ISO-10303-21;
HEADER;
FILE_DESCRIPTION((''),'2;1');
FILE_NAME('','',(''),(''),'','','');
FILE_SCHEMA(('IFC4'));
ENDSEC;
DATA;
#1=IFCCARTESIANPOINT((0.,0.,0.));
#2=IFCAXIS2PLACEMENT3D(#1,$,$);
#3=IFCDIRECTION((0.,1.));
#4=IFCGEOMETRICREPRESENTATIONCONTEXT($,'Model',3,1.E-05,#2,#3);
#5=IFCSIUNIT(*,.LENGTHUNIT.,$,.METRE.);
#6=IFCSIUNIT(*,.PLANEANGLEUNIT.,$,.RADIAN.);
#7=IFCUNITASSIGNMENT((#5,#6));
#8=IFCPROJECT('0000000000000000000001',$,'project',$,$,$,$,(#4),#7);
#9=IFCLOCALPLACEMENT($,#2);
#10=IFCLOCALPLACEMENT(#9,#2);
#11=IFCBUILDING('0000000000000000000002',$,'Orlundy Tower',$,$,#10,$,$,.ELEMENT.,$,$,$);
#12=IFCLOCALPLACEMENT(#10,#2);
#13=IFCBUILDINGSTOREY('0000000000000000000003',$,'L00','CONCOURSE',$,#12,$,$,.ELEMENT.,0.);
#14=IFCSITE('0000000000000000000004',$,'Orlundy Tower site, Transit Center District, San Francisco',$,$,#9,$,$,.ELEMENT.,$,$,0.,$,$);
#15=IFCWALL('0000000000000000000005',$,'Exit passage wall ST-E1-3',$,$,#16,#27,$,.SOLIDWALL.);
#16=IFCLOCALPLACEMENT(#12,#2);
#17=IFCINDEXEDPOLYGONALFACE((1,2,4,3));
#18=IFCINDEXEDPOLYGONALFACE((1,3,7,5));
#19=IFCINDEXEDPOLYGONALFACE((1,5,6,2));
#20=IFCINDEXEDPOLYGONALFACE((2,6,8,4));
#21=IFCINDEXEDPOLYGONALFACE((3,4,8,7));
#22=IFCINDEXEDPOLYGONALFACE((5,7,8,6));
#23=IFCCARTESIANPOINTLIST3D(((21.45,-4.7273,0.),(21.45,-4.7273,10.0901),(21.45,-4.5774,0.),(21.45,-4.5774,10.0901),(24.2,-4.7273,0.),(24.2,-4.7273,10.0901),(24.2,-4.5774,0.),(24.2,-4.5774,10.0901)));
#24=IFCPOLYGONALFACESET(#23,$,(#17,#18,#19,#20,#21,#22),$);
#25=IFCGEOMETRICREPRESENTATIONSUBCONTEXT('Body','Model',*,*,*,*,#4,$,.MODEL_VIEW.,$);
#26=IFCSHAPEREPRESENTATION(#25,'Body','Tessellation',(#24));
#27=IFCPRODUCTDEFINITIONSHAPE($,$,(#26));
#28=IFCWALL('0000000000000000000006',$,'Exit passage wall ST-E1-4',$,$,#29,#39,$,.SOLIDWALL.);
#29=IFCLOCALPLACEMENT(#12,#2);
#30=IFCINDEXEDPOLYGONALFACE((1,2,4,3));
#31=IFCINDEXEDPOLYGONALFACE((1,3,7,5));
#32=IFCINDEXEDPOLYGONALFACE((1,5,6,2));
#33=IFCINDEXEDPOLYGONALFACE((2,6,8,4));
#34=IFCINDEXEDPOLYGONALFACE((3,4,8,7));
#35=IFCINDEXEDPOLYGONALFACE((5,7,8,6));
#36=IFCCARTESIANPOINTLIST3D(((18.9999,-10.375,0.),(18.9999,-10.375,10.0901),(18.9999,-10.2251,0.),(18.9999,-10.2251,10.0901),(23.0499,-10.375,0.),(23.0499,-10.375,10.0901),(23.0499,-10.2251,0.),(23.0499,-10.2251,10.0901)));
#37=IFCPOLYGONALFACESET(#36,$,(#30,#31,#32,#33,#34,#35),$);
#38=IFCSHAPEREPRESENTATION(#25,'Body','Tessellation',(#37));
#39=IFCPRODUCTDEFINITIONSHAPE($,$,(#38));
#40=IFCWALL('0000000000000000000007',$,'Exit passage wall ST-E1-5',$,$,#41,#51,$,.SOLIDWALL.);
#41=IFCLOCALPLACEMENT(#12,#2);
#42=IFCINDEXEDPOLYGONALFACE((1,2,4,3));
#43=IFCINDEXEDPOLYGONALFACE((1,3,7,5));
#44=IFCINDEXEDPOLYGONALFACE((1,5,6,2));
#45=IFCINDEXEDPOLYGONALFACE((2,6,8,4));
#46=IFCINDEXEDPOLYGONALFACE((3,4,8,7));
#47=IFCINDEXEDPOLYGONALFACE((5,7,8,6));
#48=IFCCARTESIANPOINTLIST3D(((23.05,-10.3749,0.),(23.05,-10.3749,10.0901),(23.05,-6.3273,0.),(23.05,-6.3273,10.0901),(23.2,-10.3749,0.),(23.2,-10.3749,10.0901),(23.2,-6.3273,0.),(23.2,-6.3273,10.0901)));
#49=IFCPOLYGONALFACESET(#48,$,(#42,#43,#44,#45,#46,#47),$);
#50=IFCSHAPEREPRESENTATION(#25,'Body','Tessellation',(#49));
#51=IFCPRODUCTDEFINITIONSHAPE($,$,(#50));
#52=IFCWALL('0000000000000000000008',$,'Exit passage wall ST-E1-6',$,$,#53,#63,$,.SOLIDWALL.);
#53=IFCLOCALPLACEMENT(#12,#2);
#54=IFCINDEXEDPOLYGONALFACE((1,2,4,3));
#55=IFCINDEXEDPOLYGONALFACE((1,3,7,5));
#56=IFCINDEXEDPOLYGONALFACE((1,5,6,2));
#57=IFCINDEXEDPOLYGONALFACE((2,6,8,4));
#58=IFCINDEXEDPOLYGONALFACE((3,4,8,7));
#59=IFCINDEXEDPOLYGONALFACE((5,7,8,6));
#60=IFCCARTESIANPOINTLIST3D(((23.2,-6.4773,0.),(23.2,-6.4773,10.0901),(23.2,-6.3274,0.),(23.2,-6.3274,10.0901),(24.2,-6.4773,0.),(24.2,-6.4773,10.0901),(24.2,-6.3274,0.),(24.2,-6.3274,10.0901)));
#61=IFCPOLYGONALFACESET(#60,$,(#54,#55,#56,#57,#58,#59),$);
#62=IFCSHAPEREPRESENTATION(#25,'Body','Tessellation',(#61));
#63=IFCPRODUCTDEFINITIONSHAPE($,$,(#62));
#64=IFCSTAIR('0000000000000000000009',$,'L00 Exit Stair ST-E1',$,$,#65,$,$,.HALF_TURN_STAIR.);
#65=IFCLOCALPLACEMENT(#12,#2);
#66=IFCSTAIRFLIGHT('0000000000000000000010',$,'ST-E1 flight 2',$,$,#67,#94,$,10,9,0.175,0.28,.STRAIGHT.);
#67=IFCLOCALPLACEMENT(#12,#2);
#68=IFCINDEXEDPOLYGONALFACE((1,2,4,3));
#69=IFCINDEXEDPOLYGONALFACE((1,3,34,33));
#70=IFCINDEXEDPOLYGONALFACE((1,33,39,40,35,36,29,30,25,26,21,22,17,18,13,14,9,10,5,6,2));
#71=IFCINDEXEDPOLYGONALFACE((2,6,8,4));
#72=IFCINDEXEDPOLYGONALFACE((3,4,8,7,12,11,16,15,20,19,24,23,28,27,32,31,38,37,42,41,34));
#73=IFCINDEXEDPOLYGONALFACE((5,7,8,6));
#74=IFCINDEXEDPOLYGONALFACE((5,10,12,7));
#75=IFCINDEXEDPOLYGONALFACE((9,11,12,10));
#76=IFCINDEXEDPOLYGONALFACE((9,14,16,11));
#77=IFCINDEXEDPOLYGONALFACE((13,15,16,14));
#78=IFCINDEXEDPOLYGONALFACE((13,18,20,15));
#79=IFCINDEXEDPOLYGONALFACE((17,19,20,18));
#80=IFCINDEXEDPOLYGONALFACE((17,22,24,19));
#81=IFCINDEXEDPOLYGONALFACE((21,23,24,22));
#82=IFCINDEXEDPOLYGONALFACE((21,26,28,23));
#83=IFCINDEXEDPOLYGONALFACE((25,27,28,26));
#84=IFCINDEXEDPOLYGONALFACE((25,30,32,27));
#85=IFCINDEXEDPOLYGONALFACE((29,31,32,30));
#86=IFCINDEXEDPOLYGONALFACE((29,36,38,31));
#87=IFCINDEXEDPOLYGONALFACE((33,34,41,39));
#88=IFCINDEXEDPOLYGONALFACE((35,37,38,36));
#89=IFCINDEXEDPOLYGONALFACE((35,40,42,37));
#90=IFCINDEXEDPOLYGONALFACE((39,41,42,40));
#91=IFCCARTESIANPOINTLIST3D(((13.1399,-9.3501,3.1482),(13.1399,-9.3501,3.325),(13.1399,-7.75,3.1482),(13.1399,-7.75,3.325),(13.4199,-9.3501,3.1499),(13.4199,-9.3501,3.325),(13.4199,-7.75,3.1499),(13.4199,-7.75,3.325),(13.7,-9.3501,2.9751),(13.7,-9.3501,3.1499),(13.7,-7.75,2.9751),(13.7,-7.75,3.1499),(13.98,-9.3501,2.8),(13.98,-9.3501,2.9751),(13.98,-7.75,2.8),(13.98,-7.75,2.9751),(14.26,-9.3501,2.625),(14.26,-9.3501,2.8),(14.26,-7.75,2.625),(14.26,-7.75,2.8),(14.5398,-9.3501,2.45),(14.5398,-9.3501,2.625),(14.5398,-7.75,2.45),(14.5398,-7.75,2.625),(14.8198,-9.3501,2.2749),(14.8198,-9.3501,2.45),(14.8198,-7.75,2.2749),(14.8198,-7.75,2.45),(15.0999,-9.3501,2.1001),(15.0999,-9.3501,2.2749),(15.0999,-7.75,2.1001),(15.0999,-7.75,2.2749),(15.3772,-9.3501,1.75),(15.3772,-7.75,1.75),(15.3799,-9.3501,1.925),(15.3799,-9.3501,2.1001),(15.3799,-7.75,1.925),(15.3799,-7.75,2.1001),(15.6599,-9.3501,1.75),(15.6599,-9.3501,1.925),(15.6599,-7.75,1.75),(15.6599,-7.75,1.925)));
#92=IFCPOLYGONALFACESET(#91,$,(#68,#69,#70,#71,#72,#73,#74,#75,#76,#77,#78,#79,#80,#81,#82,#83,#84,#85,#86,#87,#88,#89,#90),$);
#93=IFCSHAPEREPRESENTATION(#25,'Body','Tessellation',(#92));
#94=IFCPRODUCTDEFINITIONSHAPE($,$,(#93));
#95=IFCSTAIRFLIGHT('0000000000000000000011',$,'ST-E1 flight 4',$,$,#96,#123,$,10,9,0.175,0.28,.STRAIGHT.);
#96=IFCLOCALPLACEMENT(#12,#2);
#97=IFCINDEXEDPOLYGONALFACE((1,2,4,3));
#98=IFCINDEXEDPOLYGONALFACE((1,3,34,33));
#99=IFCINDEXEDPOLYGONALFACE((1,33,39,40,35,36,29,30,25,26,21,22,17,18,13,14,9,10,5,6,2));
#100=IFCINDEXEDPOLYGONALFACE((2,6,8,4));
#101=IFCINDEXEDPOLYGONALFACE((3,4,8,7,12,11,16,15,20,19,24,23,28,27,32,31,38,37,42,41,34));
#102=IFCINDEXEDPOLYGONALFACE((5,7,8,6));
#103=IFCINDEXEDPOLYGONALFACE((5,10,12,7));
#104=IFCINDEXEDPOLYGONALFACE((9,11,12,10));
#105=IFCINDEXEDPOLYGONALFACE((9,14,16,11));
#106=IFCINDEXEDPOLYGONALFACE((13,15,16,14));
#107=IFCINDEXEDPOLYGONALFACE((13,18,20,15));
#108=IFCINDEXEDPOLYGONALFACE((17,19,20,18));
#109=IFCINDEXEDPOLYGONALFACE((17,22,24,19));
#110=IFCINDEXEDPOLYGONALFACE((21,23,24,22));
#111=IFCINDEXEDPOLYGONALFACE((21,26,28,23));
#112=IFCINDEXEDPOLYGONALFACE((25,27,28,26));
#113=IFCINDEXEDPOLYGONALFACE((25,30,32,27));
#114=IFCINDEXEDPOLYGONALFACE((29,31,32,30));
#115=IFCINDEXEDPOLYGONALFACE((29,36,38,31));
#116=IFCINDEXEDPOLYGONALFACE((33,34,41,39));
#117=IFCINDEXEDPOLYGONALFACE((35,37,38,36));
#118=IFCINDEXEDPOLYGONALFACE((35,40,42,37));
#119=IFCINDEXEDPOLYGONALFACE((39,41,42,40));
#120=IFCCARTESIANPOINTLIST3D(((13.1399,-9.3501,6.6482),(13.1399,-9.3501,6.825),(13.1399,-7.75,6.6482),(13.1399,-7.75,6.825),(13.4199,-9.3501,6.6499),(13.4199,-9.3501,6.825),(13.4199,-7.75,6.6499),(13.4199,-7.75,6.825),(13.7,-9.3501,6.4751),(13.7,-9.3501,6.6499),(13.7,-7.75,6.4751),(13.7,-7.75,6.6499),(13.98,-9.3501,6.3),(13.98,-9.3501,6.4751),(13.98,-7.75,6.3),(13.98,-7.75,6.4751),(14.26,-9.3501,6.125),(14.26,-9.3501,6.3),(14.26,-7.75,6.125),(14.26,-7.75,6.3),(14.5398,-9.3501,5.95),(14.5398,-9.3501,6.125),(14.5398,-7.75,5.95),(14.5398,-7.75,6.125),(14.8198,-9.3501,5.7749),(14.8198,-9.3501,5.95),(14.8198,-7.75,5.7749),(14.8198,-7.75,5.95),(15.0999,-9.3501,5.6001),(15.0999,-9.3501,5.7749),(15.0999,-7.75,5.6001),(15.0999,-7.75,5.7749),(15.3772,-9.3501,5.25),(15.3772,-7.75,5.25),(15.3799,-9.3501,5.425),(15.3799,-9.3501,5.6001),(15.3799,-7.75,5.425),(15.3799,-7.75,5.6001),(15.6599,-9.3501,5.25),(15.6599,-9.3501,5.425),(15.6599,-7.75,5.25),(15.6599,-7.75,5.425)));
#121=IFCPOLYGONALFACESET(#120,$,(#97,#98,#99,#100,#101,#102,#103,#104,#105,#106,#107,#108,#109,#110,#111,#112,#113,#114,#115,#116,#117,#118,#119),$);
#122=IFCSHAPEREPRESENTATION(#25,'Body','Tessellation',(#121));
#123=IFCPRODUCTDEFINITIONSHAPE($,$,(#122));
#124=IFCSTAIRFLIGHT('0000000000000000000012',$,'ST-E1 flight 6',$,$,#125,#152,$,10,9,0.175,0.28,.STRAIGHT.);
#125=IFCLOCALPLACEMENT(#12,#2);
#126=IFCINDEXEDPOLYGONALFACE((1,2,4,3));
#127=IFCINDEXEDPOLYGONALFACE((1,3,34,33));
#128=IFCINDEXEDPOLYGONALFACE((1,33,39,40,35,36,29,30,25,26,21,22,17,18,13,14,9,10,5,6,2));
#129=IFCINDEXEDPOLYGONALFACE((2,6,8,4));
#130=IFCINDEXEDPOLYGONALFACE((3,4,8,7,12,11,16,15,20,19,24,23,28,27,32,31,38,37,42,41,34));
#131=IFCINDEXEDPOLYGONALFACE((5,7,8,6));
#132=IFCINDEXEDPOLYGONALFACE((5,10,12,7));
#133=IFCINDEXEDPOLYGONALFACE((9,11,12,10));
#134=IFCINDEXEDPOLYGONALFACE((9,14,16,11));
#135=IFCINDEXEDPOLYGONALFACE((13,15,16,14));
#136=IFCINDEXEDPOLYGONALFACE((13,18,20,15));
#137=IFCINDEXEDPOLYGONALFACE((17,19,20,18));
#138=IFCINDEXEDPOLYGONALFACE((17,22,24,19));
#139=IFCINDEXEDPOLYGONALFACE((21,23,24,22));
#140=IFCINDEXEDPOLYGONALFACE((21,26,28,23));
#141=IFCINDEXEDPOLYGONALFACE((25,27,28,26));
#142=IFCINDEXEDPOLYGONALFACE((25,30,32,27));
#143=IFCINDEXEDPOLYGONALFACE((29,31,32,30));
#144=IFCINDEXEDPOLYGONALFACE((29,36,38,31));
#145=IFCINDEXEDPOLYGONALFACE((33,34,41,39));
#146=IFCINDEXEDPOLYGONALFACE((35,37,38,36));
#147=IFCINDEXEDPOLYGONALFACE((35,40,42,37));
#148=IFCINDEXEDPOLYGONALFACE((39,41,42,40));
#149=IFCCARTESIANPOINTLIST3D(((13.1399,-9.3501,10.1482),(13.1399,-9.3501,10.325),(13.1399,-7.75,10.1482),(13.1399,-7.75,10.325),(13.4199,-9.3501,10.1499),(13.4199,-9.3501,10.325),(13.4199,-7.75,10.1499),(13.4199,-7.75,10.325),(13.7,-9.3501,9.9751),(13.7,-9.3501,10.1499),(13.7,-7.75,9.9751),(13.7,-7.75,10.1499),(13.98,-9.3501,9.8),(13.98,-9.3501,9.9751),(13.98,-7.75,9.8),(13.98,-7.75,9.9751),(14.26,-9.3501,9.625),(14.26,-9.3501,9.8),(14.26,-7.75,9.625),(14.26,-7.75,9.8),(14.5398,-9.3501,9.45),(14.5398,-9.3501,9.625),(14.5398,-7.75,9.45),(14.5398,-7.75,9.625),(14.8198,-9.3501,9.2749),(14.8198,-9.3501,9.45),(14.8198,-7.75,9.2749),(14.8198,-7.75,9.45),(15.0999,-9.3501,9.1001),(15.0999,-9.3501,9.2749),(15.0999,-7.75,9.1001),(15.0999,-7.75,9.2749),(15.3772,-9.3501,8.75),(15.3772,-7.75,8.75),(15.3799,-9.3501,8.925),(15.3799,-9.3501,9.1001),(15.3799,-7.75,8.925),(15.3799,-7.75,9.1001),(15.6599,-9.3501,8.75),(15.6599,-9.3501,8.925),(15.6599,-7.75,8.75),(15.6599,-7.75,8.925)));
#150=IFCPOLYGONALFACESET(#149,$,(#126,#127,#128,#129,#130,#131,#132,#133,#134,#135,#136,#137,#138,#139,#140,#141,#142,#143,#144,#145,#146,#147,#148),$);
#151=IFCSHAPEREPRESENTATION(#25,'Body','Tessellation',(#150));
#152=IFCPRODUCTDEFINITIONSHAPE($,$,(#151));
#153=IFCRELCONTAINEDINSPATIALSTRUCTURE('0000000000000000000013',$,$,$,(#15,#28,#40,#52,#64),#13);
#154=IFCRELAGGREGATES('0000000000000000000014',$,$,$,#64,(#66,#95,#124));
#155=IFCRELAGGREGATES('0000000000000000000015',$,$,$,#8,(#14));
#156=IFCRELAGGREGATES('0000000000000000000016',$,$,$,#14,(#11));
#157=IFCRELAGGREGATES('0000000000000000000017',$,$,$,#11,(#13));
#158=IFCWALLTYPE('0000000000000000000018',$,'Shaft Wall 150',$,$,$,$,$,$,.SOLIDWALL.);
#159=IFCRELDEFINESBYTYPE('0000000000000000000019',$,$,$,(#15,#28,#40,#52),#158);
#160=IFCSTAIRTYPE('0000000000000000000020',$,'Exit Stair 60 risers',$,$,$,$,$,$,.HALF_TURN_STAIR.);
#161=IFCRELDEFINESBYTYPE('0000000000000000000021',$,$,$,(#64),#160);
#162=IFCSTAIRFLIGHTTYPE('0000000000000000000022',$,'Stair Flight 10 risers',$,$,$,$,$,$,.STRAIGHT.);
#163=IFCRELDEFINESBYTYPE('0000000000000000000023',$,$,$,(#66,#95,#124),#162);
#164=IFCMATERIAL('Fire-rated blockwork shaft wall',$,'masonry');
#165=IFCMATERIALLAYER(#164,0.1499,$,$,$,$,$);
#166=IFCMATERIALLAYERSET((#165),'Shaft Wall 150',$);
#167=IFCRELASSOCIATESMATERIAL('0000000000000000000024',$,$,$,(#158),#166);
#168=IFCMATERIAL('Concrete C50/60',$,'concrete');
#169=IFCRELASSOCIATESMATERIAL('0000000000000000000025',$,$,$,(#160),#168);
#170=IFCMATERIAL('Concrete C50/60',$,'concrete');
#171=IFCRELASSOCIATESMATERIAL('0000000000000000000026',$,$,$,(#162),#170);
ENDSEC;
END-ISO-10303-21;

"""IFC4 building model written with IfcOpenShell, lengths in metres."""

from ifc_helpers import new_model, si_unit, direction, frame, frame_2d, origin, place, context, subcontext, project, spatial, polyline, rectangle, outline, extrude, material, layer, layer_set, type_object, element, aggregate, save


model = new_model("IFC4")

# Units and contexts
model_context = context("Model", 3, precision=1e-05, world=origin(), true_north=direction((0.0, 1.0)))
body_context = subcontext(model_context, "Body", "Model", "MODEL_VIEW")
ifc_project = project(units=[si_unit("LENGTHUNIT", "METRE"), si_unit("PLANEANGLEUNIT", "RADIAN")], contexts=[model_context])

# Site, building, storey
site_placement = place(None, origin())
site = spatial("IfcSite", under=ifc_project, at=site_placement, Name="Orlundy Tower site, Transit Center District, San Francisco", CompositionType="ELEMENT", RefElevation=0.0)
building_placement = place(site_placement, origin())
building = spatial("IfcBuilding", under=site, at=building_placement, Name="Orlundy Tower", CompositionType="ELEMENT")
storey_placement = place(building_placement, origin())
storey = spatial("IfcBuildingStorey", under=building, at=storey_placement, Name="L00", Description="CONCOURSE", CompositionType="ELEMENT", Elevation=0.0)

# Walls
ifc_material_1 = material(Name="Fire-rated blockwork shaft wall", Category="masonry")
ifc_layer_1 = layer(ifc_material_1, 0.1499)
ifc_layer_set_1 = layer_set([ifc_layer_1], Name="Shaft Wall 150")
wall_type_1 = type_object("IfcWallType", Name="Shaft Wall 150", PredefinedType="SOLIDWALL", material=ifc_layer_set_1)
wall_1_placement = place(storey_placement, frame((21.45, -4.6523, 0.0), z_axis=(0.0, 0.0, 1.0), x_axis=(1.0, 0.0, 0.0)))
element("IfcWall", 1, at=wall_1_placement, inside=storey, type_object=wall_type_1, Name="Exit passage wall ST-E1-3", PredefinedType="SOLIDWALL", context=body_context, shape_type="SweptSolid", body=[
    extrude(rectangle(XDim=2.75, YDim=0.1499, at=frame_2d((1.375, 0.0))), origin(), (0.0, 0.0, 1.0), 10.0901),
])
wall_2_placement = place(storey_placement, frame((19.0, -10.3, 0.0), z_axis=(0.0, 0.0, 1.0), x_axis=(1.0, 0.0, 0.0)))
element("IfcWall", 2, at=wall_2_placement, inside=storey, type_object=wall_type_1, Name="Exit passage wall ST-E1-4", PredefinedType="SOLIDWALL", context=body_context, shape_type="SweptSolid", body=[
    extrude(rectangle(XDim=4.05, YDim=0.1499, at=frame_2d((2.0249, 0.0))), origin(), (0.0, 0.0, 1.0), 10.0901),
])
wall_3_placement = place(storey_placement, frame((23.125, -10.375, 0.0), z_axis=(0.0, 0.0, 1.0), x_axis=(0.0, 1.0, 0.0)))
element("IfcWall", 3, at=wall_3_placement, inside=storey, type_object=wall_type_1, Name="Exit passage wall ST-E1-5", PredefinedType="SOLIDWALL", context=body_context, shape_type="SweptSolid", body=[
    extrude(rectangle(XDim=4.0476, YDim=0.1499, at=frame_2d((2.0239, 0.0))), origin(), (0.0, 0.0, 1.0), 10.0901),
])
wall_4_placement = place(storey_placement, frame((23.2, -6.4023, 0.0), z_axis=(0.0, 0.0, 1.0), x_axis=(1.0, 0.0, 0.0)))
element("IfcWall", 4, at=wall_4_placement, inside=storey, type_object=wall_type_1, Name="Exit passage wall ST-E1-6", PredefinedType="SOLIDWALL", context=body_context, shape_type="SweptSolid", body=[
    extrude(rectangle(XDim=1.0, YDim=0.1499, at=frame_2d((0.5, 0.0))), origin(), (0.0, 0.0, 1.0), 10.0901),
])

# Stair, stair flights
ifc_material_2 = material(Name="Concrete C50/60", Category="concrete")
stair_type = type_object("IfcStairType", Name="Exit Stair 60 risers", PredefinedType="HALF_TURN_STAIR", material=ifc_material_2)
stair_placement = place(storey_placement, origin())
stair = element("IfcStair", 5, at=stair_placement, inside=storey, type_object=stair_type, Name="L00 Exit Stair ST-E1", PredefinedType="HALF_TURN_STAIR")
ifc_material_3 = material(Name="Concrete C50/60", Category="concrete")
stair_flight_type = type_object("IfcStairFlightType", Name="Stair Flight 10 risers", PredefinedType="STRAIGHT", material=ifc_material_3)
stair_flight_1_placement = place(storey_placement, frame((15.6599, -8.55, 1.75), z_axis=(0.0, 0.0, 1.0), x_axis=(-1.0, 0.0, 0.0)))
stair_flight_1 = element("IfcStairFlight", 6, at=stair_flight_1_placement, type_object=stair_flight_type, Name="ST-E1 flight 2", NumberOfRisers=10, NumberOfTreads=9, PredefinedType="STRAIGHT", RiserHeight=0.175, TreadLength=0.28, context=body_context, shape_type="SweptSolid", body=[
    extrude(outline(polyline([(0.0, 0.0), (0.0, 0.175), (0.28, 0.175), (0.28, 0.3501), (0.5601, 0.3501), (0.5601, 0.5249), (0.8401, 0.5249), (0.8401, 0.7), (1.1201, 0.7), (1.1201, 0.875), (1.3999, 0.875), (1.3999, 1.05), (1.6799, 1.05), (1.6799, 1.2251), (1.96, 1.2251), (1.96, 1.3999), (2.24, 1.3999), (2.24, 1.575), (2.52, 1.575), (2.52, 1.75), (2.52, 1.3982), (0.2827, 0.0), (0.0, 0.0)])), frame((0.0, 0.8, 0.0), z_axis=(0.0, -1.0, 0.0), x_axis=(1.0, 0.0, 0.0)), (0.0, 0.0, 1.0), 1.6001),
])
stair_flight_2_placement = place(storey_placement, frame((15.6599, -8.55, 5.25), z_axis=(0.0, 0.0, 1.0), x_axis=(-1.0, 0.0, 0.0)))
stair_flight_2 = element("IfcStairFlight", 7, at=stair_flight_2_placement, type_object=stair_flight_type, Name="ST-E1 flight 4", NumberOfRisers=10, NumberOfTreads=9, PredefinedType="STRAIGHT", RiserHeight=0.175, TreadLength=0.28, context=body_context, shape_type="SweptSolid", body=[
    extrude(outline(polyline([(0.0, 0.0), (0.0, 0.175), (0.28, 0.175), (0.28, 0.3501), (0.5601, 0.3501), (0.5601, 0.5249), (0.8401, 0.5249), (0.8401, 0.7), (1.1201, 0.7), (1.1201, 0.875), (1.3999, 0.875), (1.3999, 1.05), (1.6799, 1.05), (1.6799, 1.2251), (1.96, 1.2251), (1.96, 1.3999), (2.24, 1.3999), (2.24, 1.575), (2.52, 1.575), (2.52, 1.75), (2.52, 1.3982), (0.2827, 0.0), (0.0, 0.0)])), frame((0.0, 0.8, 0.0), z_axis=(0.0, -1.0, 0.0), x_axis=(1.0, 0.0, 0.0)), (0.0, 0.0, 1.0), 1.6001),
])
stair_flight_3_placement = place(storey_placement, frame((15.6599, -8.55, 8.75), z_axis=(0.0, 0.0, 1.0), x_axis=(-1.0, 0.0, 0.0)))
stair_flight_3 = element("IfcStairFlight", 8, at=stair_flight_3_placement, type_object=stair_flight_type, Name="ST-E1 flight 6", NumberOfRisers=10, NumberOfTreads=9, PredefinedType="STRAIGHT", RiserHeight=0.175, TreadLength=0.28, context=body_context, shape_type="SweptSolid", body=[
    extrude(outline(polyline([(0.0, 0.0), (0.0, 0.175), (0.28, 0.175), (0.28, 0.3501), (0.5601, 0.3501), (0.5601, 0.5249), (0.8401, 0.5249), (0.8401, 0.7), (1.1201, 0.7), (1.1201, 0.875), (1.3999, 0.875), (1.3999, 1.05), (1.6799, 1.05), (1.6799, 1.2251), (1.96, 1.2251), (1.96, 1.3999), (2.24, 1.3999), (2.24, 1.575), (2.52, 1.575), (2.52, 1.75), (2.52, 1.3982), (0.2827, 0.0), (0.0, 0.0)])), frame((0.0, 0.8, 0.0), z_axis=(0.0, -1.0, 0.0), x_axis=(1.0, 0.0, 0.0)), (0.0, 0.0, 1.0), 1.6001),
])
aggregate(stair, [stair_flight_1, stair_flight_2, stair_flight_3])

save(model, "model.ifc")
